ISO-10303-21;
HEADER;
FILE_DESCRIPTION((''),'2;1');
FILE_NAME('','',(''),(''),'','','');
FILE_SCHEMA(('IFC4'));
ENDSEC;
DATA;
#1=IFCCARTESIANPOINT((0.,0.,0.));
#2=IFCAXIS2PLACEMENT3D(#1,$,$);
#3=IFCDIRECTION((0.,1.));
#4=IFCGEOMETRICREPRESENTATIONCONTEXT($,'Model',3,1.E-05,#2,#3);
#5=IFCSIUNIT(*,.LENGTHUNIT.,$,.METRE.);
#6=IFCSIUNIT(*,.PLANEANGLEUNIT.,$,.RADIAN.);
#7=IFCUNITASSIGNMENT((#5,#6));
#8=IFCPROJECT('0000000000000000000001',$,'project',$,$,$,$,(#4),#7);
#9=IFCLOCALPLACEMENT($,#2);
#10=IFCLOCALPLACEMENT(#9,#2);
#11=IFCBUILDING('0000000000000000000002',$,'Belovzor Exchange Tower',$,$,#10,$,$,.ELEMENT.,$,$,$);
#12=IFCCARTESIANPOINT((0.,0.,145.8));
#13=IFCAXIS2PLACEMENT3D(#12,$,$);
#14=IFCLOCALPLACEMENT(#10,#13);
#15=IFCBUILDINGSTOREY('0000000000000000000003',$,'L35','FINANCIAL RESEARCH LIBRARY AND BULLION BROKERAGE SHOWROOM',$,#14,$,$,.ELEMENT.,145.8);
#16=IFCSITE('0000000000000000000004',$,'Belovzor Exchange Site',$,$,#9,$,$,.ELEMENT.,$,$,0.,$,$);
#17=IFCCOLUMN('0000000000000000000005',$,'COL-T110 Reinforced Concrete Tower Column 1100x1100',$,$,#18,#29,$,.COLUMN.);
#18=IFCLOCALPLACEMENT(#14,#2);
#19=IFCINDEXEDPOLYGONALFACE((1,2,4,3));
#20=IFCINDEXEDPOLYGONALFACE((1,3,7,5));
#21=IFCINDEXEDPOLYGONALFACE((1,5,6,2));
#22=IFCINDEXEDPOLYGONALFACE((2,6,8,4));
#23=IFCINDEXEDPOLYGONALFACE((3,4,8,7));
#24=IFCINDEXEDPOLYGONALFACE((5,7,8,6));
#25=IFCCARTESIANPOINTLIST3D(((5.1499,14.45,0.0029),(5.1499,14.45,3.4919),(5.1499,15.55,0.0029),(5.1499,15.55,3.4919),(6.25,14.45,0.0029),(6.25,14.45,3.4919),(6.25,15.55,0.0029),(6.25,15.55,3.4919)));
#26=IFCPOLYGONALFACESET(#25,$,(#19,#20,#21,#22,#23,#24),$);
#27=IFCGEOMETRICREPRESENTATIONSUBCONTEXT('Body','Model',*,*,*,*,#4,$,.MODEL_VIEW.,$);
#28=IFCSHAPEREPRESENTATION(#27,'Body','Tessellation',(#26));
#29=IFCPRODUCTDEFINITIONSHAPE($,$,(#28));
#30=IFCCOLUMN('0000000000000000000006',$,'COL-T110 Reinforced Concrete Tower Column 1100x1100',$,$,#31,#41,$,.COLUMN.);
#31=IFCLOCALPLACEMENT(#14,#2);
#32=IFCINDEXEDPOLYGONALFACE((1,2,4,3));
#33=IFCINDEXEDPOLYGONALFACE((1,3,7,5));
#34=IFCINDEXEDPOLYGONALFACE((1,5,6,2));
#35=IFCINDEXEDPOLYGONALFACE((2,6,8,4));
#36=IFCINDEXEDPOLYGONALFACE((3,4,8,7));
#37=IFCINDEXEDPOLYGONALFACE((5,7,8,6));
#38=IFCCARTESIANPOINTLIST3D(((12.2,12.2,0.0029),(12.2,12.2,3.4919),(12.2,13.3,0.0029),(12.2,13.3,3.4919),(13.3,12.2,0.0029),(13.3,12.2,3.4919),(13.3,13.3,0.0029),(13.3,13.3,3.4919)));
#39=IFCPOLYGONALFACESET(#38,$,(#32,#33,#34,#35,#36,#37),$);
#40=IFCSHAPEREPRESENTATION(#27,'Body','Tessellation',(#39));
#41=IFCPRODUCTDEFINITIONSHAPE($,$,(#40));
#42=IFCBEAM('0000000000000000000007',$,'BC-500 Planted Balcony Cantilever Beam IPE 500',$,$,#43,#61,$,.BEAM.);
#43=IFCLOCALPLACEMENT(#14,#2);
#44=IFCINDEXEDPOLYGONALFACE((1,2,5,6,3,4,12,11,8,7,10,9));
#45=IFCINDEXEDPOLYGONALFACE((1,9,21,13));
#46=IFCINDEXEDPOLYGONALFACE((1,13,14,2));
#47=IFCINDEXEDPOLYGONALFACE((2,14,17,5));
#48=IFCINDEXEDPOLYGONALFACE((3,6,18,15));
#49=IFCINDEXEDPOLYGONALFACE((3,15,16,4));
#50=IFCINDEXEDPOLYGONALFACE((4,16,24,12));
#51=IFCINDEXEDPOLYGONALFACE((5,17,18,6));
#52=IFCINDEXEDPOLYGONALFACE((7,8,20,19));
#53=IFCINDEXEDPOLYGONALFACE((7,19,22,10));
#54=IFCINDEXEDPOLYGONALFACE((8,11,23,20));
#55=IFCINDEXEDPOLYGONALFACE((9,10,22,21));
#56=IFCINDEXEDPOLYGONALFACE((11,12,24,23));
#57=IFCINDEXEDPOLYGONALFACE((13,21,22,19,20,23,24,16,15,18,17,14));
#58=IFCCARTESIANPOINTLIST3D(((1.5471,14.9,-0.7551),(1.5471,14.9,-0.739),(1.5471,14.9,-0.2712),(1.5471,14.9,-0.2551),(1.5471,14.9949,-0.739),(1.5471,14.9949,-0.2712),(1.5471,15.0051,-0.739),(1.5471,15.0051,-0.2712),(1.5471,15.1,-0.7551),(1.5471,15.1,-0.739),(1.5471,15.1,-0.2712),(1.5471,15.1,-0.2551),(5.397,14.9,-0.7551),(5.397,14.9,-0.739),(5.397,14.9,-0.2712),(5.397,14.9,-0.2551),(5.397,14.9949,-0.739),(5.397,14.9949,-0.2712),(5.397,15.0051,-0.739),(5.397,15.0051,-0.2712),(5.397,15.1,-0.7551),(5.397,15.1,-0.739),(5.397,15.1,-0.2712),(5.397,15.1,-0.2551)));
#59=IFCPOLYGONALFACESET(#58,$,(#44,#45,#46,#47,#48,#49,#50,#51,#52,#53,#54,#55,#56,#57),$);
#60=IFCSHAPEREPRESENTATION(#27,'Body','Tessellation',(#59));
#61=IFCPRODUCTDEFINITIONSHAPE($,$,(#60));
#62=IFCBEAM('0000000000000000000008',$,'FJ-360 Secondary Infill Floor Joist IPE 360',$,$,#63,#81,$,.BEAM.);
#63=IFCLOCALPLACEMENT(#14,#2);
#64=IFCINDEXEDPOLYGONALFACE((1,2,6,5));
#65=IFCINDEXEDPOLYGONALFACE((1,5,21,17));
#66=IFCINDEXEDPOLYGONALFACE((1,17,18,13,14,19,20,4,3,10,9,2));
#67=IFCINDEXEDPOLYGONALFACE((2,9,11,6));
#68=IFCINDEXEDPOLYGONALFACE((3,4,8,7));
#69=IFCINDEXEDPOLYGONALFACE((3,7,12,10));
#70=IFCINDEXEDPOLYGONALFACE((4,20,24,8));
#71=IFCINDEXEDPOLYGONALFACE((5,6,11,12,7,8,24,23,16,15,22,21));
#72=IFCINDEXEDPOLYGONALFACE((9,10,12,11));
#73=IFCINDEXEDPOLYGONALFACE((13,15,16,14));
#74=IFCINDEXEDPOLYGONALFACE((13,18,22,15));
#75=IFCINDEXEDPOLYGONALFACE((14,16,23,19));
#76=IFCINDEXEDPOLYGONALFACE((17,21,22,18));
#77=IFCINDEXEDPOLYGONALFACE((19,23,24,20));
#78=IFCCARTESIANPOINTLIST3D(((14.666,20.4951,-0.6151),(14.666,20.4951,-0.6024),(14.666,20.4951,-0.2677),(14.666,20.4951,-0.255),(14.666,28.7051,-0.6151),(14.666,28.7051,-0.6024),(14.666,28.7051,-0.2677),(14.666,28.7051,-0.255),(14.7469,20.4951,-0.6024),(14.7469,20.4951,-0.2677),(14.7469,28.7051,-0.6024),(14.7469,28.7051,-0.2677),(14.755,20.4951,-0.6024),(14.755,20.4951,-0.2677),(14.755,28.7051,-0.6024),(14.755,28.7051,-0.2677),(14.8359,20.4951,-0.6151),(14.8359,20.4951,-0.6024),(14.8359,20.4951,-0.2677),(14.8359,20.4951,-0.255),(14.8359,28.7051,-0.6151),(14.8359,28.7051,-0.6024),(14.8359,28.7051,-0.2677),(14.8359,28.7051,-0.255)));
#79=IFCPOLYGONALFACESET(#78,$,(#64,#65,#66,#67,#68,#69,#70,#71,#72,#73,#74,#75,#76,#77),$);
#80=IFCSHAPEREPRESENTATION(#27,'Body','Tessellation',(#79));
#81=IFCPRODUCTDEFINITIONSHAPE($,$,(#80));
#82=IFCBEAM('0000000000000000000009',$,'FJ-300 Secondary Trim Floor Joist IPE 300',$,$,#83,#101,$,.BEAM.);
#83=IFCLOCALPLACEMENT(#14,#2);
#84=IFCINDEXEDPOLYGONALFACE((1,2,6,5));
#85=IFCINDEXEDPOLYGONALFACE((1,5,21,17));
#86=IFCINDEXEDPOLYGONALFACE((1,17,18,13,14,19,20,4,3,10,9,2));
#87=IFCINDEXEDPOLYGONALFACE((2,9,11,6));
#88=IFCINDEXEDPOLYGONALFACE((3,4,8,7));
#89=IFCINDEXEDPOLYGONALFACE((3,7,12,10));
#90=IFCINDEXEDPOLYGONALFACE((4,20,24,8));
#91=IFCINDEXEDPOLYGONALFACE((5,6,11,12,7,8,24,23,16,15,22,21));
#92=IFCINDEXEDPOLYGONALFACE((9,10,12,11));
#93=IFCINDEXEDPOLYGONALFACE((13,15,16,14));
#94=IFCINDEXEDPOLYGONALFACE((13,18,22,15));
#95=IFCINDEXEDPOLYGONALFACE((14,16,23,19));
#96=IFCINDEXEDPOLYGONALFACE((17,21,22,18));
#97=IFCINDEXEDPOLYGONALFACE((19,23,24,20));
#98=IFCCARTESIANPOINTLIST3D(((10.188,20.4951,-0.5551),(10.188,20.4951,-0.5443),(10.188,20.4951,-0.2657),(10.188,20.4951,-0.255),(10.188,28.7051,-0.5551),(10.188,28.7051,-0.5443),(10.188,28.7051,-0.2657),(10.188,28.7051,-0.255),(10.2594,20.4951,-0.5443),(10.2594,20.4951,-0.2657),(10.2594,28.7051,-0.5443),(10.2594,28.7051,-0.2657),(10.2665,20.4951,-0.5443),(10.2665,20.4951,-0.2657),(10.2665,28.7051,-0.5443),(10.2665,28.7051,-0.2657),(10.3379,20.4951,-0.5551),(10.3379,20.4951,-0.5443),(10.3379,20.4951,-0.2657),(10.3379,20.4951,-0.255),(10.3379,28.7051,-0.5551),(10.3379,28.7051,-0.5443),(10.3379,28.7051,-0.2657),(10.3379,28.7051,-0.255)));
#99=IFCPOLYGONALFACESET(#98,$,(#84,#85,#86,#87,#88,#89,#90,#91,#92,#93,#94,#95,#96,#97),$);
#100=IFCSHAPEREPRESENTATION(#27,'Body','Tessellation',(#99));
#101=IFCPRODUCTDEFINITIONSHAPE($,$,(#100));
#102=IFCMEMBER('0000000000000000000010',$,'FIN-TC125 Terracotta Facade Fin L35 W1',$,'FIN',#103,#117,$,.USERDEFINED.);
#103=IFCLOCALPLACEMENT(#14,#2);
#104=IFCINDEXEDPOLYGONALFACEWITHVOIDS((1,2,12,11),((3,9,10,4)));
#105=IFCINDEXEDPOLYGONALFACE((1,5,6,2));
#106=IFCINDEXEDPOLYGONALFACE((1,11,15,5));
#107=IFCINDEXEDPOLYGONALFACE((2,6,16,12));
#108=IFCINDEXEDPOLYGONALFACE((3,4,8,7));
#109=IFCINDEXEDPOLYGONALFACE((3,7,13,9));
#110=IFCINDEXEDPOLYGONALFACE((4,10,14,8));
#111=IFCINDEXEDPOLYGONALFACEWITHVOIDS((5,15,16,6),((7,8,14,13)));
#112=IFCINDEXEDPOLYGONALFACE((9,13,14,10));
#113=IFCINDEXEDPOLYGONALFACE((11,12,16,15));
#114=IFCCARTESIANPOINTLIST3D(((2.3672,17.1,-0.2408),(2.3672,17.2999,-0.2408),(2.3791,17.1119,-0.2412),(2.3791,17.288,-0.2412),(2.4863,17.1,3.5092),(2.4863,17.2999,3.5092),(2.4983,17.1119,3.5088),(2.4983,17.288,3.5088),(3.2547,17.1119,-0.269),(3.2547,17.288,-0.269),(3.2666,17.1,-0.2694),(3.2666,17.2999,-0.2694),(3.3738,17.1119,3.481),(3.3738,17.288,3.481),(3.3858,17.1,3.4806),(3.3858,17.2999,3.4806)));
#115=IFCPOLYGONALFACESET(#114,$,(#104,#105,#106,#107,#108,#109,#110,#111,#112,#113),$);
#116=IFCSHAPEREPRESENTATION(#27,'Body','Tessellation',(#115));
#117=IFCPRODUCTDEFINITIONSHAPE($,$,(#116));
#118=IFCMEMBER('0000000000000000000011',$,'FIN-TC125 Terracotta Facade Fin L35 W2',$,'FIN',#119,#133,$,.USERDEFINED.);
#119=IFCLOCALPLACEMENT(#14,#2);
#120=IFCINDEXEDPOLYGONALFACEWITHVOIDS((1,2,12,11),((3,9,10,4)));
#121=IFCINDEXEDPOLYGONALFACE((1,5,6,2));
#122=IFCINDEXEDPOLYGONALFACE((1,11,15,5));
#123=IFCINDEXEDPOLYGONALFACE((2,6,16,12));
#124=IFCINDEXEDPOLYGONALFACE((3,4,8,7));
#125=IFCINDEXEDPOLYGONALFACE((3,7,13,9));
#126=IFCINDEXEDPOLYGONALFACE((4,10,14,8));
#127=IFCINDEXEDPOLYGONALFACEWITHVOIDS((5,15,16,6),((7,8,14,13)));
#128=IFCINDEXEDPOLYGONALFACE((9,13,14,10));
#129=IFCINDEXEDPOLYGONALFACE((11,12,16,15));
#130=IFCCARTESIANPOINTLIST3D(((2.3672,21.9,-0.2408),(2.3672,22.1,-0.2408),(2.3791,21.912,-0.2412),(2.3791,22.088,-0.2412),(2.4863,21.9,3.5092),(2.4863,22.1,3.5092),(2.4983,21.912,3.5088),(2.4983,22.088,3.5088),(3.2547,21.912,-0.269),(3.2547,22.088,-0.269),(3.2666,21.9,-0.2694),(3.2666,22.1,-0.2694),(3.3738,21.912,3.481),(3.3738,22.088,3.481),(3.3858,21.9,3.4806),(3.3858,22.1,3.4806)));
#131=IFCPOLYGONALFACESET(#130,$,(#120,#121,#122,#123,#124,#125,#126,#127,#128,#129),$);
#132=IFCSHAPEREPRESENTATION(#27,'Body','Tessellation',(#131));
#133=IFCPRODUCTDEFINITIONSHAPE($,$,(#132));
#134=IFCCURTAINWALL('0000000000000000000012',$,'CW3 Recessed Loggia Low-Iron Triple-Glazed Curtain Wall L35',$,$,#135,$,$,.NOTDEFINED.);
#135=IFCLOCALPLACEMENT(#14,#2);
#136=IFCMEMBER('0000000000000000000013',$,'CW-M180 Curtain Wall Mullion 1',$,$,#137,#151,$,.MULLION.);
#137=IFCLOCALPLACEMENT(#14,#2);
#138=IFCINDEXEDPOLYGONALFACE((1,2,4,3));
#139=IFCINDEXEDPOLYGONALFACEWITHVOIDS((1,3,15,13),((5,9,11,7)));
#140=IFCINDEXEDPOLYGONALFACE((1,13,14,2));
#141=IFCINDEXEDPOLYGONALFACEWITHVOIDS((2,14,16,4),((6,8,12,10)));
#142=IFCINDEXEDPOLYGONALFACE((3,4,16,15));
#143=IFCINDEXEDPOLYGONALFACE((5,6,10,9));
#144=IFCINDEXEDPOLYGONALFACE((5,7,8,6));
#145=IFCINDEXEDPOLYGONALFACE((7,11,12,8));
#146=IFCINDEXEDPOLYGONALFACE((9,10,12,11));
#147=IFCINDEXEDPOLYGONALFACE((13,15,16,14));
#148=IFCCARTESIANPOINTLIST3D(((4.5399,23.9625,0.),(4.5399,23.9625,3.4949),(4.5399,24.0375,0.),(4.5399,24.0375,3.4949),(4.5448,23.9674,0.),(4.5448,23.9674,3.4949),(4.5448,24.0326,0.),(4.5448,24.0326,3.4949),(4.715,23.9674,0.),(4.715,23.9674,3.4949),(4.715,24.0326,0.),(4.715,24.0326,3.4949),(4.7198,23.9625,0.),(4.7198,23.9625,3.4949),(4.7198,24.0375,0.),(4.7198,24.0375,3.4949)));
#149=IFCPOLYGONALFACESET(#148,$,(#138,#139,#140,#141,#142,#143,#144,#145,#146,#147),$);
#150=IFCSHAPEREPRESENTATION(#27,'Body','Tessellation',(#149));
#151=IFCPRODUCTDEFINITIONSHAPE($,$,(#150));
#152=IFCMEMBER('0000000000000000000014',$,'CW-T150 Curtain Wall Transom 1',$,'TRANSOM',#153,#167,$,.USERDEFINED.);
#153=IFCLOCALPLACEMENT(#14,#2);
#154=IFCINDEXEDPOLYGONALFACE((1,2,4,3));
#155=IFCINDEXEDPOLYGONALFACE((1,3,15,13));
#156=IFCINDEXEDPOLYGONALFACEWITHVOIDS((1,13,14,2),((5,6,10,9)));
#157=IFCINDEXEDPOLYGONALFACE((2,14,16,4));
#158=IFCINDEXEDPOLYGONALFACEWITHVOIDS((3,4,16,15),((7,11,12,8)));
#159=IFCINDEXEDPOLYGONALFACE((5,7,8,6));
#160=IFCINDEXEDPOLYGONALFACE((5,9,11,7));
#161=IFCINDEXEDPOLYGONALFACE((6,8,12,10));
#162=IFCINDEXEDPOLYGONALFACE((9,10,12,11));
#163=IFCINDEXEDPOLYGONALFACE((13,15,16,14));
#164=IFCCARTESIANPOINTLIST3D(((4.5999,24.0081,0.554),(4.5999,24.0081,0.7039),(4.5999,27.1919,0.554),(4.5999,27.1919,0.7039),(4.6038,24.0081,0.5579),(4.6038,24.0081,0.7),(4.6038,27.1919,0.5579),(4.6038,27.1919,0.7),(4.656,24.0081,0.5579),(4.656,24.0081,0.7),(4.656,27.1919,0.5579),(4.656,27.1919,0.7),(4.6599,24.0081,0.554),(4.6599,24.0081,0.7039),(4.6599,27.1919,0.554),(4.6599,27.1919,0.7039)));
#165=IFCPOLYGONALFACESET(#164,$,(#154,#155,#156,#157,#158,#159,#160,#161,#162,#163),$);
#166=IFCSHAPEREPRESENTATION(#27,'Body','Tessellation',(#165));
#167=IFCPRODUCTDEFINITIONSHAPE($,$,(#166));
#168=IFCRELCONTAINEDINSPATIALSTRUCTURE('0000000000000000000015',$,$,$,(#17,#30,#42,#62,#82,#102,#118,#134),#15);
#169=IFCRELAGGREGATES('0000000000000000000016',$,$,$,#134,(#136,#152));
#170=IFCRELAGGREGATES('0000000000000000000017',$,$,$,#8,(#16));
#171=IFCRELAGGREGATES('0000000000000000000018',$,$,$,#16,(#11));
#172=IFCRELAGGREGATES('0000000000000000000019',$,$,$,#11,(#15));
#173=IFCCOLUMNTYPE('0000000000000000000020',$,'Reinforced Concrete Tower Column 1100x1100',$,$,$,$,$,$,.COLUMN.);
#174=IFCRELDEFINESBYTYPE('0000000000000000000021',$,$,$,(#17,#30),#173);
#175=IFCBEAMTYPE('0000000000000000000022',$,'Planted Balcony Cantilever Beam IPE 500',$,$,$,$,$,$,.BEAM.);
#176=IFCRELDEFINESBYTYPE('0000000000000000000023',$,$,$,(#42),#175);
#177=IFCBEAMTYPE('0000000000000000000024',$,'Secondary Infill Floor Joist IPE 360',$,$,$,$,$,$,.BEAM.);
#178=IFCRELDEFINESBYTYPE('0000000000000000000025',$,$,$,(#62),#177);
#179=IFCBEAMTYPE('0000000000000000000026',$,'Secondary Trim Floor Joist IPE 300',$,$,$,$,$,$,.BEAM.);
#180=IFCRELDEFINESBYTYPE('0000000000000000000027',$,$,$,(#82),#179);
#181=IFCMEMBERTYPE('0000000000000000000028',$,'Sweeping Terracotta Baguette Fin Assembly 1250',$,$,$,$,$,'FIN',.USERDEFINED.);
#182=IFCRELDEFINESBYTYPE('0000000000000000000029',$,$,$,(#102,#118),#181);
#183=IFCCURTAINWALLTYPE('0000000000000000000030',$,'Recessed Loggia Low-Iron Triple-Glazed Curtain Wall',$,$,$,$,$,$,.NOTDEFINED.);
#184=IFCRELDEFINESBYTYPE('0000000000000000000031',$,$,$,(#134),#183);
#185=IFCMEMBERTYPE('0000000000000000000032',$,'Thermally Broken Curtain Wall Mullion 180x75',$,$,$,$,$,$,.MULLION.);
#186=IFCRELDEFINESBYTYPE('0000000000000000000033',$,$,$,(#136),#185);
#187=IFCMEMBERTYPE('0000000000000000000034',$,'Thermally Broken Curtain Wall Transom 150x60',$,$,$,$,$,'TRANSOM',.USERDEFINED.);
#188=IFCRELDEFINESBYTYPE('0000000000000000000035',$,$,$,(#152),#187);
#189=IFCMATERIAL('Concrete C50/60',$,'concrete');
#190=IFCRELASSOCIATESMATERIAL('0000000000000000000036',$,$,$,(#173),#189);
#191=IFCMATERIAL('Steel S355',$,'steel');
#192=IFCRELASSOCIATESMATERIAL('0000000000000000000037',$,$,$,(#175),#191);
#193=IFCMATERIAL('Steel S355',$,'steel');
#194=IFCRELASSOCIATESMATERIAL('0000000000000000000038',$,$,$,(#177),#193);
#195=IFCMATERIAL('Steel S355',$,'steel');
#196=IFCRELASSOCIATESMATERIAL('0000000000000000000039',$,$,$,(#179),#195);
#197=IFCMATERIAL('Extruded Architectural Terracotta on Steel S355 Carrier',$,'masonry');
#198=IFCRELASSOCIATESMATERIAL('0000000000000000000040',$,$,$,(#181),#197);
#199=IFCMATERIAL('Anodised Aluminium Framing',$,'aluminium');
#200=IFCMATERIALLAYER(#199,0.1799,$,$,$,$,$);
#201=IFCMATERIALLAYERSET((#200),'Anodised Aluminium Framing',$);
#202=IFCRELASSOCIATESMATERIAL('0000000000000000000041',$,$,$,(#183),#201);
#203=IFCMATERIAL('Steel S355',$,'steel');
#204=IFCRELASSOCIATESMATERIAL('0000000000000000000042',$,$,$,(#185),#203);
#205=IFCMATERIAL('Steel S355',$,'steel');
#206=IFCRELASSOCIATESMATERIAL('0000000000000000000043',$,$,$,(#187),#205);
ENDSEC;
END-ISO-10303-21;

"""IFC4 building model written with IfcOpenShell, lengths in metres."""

from ifc_helpers import new_model, si_unit, direction, frame, origin, origin_2d, place, context, subcontext, project, spatial, rectangle, hollow_rectangle, i_section, extrude, material, layer, layer_set, material_profile, profile_set, type_object, element, aggregate, save


model = new_model("IFC4")

# Units and contexts
model_context = context("Model", 3, precision=1e-05, world=origin(), true_north=direction((0.0, 1.0)))
body_context = subcontext(model_context, "Body", "Model", "MODEL_VIEW")
ifc_project = project(units=[si_unit("LENGTHUNIT", "METRE"), si_unit("PLANEANGLEUNIT", "RADIAN")], contexts=[model_context])

# Site, building, storey
site_placement = place(None, origin())
site = spatial("IfcSite", under=ifc_project, at=site_placement, Name="Belovzor Exchange Site", CompositionType="ELEMENT", RefElevation=0.0)
building_placement = place(site_placement, origin())
building = spatial("IfcBuilding", under=site, at=building_placement, Name="Belovzor Exchange Tower", CompositionType="ELEMENT")
storey_placement = place(building_placement, frame((0.0, 0.0, 145.8)))
storey = spatial("IfcBuildingStorey", under=building, at=storey_placement, Name="L35", Description="FINANCIAL RESEARCH LIBRARY AND BULLION BROKERAGE SHOWROOM", CompositionType="ELEMENT", Elevation=145.8)

# Columns
ifc_material_1 = material(Name="Concrete C50/60", Category="concrete")
ifc_material_profile_1 = material_profile(ifc_material_1, rectangle(XDim=1.1001, YDim=1.1001, at=origin_2d()))
ifc_profile_set_1 = profile_set([ifc_material_profile_1], Name="Concrete C50/60")
column_type = type_object("IfcColumnType", Name="Reinforced Concrete Tower Column 1100x1100", PredefinedType="COLUMN", material=ifc_profile_set_1)
for number, where, z_axis, x_axis, name in (
    (1, (5.7, 15.0, 0.0029), (0.0, 0.0, 1.0), (1.0, 0.0, 0.0), "COL-T110 Reinforced Concrete Tower Column 1100x1100"),
    (2, (12.75, 12.75, 0.0029), (0.0, 0.0, 1.0), (1.0, 0.0, 0.0), "COL-T110 Reinforced Concrete Tower Column 1100x1100"),
):
    element("IfcColumn", number, at=place(storey_placement, frame(where, z_axis=z_axis, x_axis=x_axis)), inside=storey, type_object=column_type, Name=name, PredefinedType="COLUMN", context=body_context, shape_type="SweptSolid", body=[
        extrude(rectangle(XDim=1.1001, YDim=1.1001, at=origin_2d()), origin(), (0.0, 0.0, 1.0), 3.489),
    ])

# Beams
ifc_material_2 = material(Name="Steel S355", Category="steel")
ifc_material_profile_2 = material_profile(ifc_material_2, i_section(OverallWidth=0.2, OverallDepth=0.5, WebThickness=0.0103, FlangeThickness=0.0161, at=origin_2d()))
ifc_profile_set_2 = profile_set([ifc_material_profile_2], Name="Steel S355")
beam_type_1 = type_object("IfcBeamType", Name="Planted Balcony Cantilever Beam IPE 500", PredefinedType="BEAM", material=ifc_profile_set_2)
beam_1_placement = place(storey_placement, frame((5.397, 15.0, -0.5051), z_axis=(-1.0, 0.0, 0.0), x_axis=(0.0, -1.0, 0.0)))
element("IfcBeam", 3, at=beam_1_placement, inside=storey, type_object=beam_type_1, Name="BC-500 Planted Balcony Cantilever Beam IPE 500", PredefinedType="BEAM", context=body_context, shape_type="SweptSolid", body=[
    extrude(i_section(OverallWidth=0.2, OverallDepth=0.5, WebThickness=0.0103, FlangeThickness=0.0161, at=origin_2d()), origin(), (0.0, 0.0, 1.0), 3.8499),
])
ifc_material_3 = material(Name="Steel S355", Category="steel")
ifc_material_profile_3 = material_profile(ifc_material_3, i_section(OverallWidth=0.1699, OverallDepth=0.3601, WebThickness=0.0081, FlangeThickness=0.0127, at=origin_2d()))
ifc_profile_set_3 = profile_set([ifc_material_profile_3], Name="Steel S355")
beam_type_2 = type_object("IfcBeamType", Name="Secondary Infill Floor Joist IPE 360", PredefinedType="BEAM", material=ifc_profile_set_3)
beam_2_placement = place(storey_placement, frame((14.751, 20.4951, -0.4351), z_axis=(0.0, 1.0, 0.0), x_axis=(-1.0, 0.0, 0.0)))
element("IfcBeam", 4, at=beam_2_placement, inside=storey, type_object=beam_type_2, Name="FJ-360 Secondary Infill Floor Joist IPE 360", PredefinedType="BEAM", context=body_context, shape_type="SweptSolid", body=[
    extrude(i_section(OverallWidth=0.1699, OverallDepth=0.3601, WebThickness=0.0081, FlangeThickness=0.0127, at=origin_2d()), origin(), (0.0, 0.0, 1.0), 8.21),
])
ifc_material_4 = material(Name="Steel S355", Category="steel")
ifc_material_profile_4 = material_profile(ifc_material_4, i_section(OverallWidth=0.1499, OverallDepth=0.3, WebThickness=0.0071, FlangeThickness=0.0107, at=origin_2d()))
ifc_profile_set_4 = profile_set([ifc_material_profile_4], Name="Steel S355")
beam_type_3 = type_object("IfcBeamType", Name="Secondary Trim Floor Joist IPE 300", PredefinedType="BEAM", material=ifc_profile_set_4)
beam_3_placement = place(storey_placement, frame((10.2629, 20.4951, -0.405), z_axis=(0.0, 1.0, 0.0), x_axis=(-1.0, 0.0, 0.0)))
element("IfcBeam", 5, at=beam_3_placement, inside=storey, type_object=beam_type_3, Name="FJ-300 Secondary Trim Floor Joist IPE 300", PredefinedType="BEAM", context=body_context, shape_type="SweptSolid", body=[
    extrude(i_section(OverallWidth=0.1499, OverallDepth=0.3, WebThickness=0.0071, FlangeThickness=0.0107, at=origin_2d()), origin(), (0.0, 0.0, 1.0), 8.21),
])

# Members
ifc_material_5 = material(Name="Extruded Architectural Terracotta on Steel S355 Carrier", Category="masonry")
ifc_material_profile_5 = material_profile(ifc_material_5, hollow_rectangle(XDim=0.2, YDim=0.8999, WallThickness=0.012, at=origin_2d()))
ifc_profile_set_5 = profile_set([ifc_material_profile_5], Name="Extruded Architectural Terracotta on Steel S355 Carrier")
member_type_1 = type_object("IfcMemberType", Name="Sweeping Terracotta Baguette Fin Assembly 1250", ElementType="FIN", PredefinedType="USERDEFINED", material=ifc_profile_set_5)
for number, where, z_axis, x_axis, name in (
    (6, (2.8169, 17.2, -0.2551), (0.031755, 0.0, 0.999496), (0.0, 1.0, 0.0), "FIN-TC125 Terracotta Facade Fin L35 W1"),
    (7, (2.8169, 22.0, -0.2551), (0.031755, 0.0, 0.999496), (0.0, 1.0, 0.0), "FIN-TC125 Terracotta Facade Fin L35 W2"),
):
    element("IfcMember", number, at=place(storey_placement, frame(where, z_axis=z_axis, x_axis=x_axis)), inside=storey, type_object=member_type_1, Name=name, ObjectType="FIN", PredefinedType="USERDEFINED", context=body_context, shape_type="SweptSolid", body=[
        extrude(hollow_rectangle(XDim=0.2, YDim=0.8999, WallThickness=0.012, at=origin_2d()), origin(), (0.0, 0.0, 1.0), 3.752),
    ])

# Curtain wall, members
ifc_material_6 = material(Name="Anodised Aluminium Framing", Category="aluminium")
ifc_layer_1 = layer(ifc_material_6, 0.1799)
ifc_layer_set_1 = layer_set([ifc_layer_1], Name="Anodised Aluminium Framing")
curtain_wall_type = type_object("IfcCurtainWallType", Name="Recessed Loggia Low-Iron Triple-Glazed Curtain Wall", PredefinedType="NOTDEFINED", material=ifc_layer_set_1)
curtain_wall_placement = place(storey_placement, origin())
curtain_wall = element("IfcCurtainWall", 8, at=curtain_wall_placement, inside=storey, type_object=curtain_wall_type, Name="CW3 Recessed Loggia Low-Iron Triple-Glazed Curtain Wall L35", PredefinedType="NOTDEFINED")
ifc_material_7 = material(Name="Steel S355", Category="steel")
ifc_material_profile_6 = material_profile(ifc_material_7, hollow_rectangle(XDim=0.075, YDim=0.1799, WallThickness=0.0049, at=origin_2d()))
ifc_profile_set_6 = profile_set([ifc_material_profile_6], Name="Steel S355")
member_type_2 = type_object("IfcMemberType", Name="Thermally Broken Curtain Wall Mullion 180x75", PredefinedType="MULLION", material=ifc_profile_set_6)
member_1_placement = place(storey_placement, frame((4.6299, 24.0, 0.0), z_axis=(0.0, 0.0, 1.0), x_axis=(0.0, 1.0, 0.0)))
member_1 = element("IfcMember", 9, at=member_1_placement, type_object=member_type_2, Name="CW-M180 Curtain Wall Mullion 1", PredefinedType="MULLION", context=body_context, shape_type="SweptSolid", body=[
    extrude(hollow_rectangle(XDim=0.075, YDim=0.1799, WallThickness=0.0049, at=origin_2d()), origin(), (0.0, 0.0, 1.0), 3.4949),
])
ifc_material_8 = material(Name="Steel S355", Category="steel")
ifc_material_profile_7 = material_profile(ifc_material_8, hollow_rectangle(XDim=0.0601, YDim=0.1499, WallThickness=0.0039, at=origin_2d()))
ifc_profile_set_7 = profile_set([ifc_material_profile_7], Name="Steel S355")
member_type_3 = type_object("IfcMemberType", Name="Thermally Broken Curtain Wall Transom 150x60", ElementType="TRANSOM", PredefinedType="USERDEFINED", material=ifc_profile_set_7)
member_2_placement = place(storey_placement, frame((4.6299, 24.0081, 0.6289), z_axis=(0.0, 1.0, 0.0), x_axis=(-1.0, 0.0, 0.0)))
member_2 = element("IfcMember", 10, at=member_2_placement, type_object=member_type_3, Name="CW-T150 Curtain Wall Transom 1", ObjectType="TRANSOM", PredefinedType="USERDEFINED", context=body_context, shape_type="SweptSolid", body=[
    extrude(hollow_rectangle(XDim=0.0601, YDim=0.1499, WallThickness=0.0039, at=origin_2d()), origin(), (0.0, 0.0, 1.0), 3.1838),
])

aggregate(curtain_wall, [member_1, member_2])

save(model, "model.ifc")
